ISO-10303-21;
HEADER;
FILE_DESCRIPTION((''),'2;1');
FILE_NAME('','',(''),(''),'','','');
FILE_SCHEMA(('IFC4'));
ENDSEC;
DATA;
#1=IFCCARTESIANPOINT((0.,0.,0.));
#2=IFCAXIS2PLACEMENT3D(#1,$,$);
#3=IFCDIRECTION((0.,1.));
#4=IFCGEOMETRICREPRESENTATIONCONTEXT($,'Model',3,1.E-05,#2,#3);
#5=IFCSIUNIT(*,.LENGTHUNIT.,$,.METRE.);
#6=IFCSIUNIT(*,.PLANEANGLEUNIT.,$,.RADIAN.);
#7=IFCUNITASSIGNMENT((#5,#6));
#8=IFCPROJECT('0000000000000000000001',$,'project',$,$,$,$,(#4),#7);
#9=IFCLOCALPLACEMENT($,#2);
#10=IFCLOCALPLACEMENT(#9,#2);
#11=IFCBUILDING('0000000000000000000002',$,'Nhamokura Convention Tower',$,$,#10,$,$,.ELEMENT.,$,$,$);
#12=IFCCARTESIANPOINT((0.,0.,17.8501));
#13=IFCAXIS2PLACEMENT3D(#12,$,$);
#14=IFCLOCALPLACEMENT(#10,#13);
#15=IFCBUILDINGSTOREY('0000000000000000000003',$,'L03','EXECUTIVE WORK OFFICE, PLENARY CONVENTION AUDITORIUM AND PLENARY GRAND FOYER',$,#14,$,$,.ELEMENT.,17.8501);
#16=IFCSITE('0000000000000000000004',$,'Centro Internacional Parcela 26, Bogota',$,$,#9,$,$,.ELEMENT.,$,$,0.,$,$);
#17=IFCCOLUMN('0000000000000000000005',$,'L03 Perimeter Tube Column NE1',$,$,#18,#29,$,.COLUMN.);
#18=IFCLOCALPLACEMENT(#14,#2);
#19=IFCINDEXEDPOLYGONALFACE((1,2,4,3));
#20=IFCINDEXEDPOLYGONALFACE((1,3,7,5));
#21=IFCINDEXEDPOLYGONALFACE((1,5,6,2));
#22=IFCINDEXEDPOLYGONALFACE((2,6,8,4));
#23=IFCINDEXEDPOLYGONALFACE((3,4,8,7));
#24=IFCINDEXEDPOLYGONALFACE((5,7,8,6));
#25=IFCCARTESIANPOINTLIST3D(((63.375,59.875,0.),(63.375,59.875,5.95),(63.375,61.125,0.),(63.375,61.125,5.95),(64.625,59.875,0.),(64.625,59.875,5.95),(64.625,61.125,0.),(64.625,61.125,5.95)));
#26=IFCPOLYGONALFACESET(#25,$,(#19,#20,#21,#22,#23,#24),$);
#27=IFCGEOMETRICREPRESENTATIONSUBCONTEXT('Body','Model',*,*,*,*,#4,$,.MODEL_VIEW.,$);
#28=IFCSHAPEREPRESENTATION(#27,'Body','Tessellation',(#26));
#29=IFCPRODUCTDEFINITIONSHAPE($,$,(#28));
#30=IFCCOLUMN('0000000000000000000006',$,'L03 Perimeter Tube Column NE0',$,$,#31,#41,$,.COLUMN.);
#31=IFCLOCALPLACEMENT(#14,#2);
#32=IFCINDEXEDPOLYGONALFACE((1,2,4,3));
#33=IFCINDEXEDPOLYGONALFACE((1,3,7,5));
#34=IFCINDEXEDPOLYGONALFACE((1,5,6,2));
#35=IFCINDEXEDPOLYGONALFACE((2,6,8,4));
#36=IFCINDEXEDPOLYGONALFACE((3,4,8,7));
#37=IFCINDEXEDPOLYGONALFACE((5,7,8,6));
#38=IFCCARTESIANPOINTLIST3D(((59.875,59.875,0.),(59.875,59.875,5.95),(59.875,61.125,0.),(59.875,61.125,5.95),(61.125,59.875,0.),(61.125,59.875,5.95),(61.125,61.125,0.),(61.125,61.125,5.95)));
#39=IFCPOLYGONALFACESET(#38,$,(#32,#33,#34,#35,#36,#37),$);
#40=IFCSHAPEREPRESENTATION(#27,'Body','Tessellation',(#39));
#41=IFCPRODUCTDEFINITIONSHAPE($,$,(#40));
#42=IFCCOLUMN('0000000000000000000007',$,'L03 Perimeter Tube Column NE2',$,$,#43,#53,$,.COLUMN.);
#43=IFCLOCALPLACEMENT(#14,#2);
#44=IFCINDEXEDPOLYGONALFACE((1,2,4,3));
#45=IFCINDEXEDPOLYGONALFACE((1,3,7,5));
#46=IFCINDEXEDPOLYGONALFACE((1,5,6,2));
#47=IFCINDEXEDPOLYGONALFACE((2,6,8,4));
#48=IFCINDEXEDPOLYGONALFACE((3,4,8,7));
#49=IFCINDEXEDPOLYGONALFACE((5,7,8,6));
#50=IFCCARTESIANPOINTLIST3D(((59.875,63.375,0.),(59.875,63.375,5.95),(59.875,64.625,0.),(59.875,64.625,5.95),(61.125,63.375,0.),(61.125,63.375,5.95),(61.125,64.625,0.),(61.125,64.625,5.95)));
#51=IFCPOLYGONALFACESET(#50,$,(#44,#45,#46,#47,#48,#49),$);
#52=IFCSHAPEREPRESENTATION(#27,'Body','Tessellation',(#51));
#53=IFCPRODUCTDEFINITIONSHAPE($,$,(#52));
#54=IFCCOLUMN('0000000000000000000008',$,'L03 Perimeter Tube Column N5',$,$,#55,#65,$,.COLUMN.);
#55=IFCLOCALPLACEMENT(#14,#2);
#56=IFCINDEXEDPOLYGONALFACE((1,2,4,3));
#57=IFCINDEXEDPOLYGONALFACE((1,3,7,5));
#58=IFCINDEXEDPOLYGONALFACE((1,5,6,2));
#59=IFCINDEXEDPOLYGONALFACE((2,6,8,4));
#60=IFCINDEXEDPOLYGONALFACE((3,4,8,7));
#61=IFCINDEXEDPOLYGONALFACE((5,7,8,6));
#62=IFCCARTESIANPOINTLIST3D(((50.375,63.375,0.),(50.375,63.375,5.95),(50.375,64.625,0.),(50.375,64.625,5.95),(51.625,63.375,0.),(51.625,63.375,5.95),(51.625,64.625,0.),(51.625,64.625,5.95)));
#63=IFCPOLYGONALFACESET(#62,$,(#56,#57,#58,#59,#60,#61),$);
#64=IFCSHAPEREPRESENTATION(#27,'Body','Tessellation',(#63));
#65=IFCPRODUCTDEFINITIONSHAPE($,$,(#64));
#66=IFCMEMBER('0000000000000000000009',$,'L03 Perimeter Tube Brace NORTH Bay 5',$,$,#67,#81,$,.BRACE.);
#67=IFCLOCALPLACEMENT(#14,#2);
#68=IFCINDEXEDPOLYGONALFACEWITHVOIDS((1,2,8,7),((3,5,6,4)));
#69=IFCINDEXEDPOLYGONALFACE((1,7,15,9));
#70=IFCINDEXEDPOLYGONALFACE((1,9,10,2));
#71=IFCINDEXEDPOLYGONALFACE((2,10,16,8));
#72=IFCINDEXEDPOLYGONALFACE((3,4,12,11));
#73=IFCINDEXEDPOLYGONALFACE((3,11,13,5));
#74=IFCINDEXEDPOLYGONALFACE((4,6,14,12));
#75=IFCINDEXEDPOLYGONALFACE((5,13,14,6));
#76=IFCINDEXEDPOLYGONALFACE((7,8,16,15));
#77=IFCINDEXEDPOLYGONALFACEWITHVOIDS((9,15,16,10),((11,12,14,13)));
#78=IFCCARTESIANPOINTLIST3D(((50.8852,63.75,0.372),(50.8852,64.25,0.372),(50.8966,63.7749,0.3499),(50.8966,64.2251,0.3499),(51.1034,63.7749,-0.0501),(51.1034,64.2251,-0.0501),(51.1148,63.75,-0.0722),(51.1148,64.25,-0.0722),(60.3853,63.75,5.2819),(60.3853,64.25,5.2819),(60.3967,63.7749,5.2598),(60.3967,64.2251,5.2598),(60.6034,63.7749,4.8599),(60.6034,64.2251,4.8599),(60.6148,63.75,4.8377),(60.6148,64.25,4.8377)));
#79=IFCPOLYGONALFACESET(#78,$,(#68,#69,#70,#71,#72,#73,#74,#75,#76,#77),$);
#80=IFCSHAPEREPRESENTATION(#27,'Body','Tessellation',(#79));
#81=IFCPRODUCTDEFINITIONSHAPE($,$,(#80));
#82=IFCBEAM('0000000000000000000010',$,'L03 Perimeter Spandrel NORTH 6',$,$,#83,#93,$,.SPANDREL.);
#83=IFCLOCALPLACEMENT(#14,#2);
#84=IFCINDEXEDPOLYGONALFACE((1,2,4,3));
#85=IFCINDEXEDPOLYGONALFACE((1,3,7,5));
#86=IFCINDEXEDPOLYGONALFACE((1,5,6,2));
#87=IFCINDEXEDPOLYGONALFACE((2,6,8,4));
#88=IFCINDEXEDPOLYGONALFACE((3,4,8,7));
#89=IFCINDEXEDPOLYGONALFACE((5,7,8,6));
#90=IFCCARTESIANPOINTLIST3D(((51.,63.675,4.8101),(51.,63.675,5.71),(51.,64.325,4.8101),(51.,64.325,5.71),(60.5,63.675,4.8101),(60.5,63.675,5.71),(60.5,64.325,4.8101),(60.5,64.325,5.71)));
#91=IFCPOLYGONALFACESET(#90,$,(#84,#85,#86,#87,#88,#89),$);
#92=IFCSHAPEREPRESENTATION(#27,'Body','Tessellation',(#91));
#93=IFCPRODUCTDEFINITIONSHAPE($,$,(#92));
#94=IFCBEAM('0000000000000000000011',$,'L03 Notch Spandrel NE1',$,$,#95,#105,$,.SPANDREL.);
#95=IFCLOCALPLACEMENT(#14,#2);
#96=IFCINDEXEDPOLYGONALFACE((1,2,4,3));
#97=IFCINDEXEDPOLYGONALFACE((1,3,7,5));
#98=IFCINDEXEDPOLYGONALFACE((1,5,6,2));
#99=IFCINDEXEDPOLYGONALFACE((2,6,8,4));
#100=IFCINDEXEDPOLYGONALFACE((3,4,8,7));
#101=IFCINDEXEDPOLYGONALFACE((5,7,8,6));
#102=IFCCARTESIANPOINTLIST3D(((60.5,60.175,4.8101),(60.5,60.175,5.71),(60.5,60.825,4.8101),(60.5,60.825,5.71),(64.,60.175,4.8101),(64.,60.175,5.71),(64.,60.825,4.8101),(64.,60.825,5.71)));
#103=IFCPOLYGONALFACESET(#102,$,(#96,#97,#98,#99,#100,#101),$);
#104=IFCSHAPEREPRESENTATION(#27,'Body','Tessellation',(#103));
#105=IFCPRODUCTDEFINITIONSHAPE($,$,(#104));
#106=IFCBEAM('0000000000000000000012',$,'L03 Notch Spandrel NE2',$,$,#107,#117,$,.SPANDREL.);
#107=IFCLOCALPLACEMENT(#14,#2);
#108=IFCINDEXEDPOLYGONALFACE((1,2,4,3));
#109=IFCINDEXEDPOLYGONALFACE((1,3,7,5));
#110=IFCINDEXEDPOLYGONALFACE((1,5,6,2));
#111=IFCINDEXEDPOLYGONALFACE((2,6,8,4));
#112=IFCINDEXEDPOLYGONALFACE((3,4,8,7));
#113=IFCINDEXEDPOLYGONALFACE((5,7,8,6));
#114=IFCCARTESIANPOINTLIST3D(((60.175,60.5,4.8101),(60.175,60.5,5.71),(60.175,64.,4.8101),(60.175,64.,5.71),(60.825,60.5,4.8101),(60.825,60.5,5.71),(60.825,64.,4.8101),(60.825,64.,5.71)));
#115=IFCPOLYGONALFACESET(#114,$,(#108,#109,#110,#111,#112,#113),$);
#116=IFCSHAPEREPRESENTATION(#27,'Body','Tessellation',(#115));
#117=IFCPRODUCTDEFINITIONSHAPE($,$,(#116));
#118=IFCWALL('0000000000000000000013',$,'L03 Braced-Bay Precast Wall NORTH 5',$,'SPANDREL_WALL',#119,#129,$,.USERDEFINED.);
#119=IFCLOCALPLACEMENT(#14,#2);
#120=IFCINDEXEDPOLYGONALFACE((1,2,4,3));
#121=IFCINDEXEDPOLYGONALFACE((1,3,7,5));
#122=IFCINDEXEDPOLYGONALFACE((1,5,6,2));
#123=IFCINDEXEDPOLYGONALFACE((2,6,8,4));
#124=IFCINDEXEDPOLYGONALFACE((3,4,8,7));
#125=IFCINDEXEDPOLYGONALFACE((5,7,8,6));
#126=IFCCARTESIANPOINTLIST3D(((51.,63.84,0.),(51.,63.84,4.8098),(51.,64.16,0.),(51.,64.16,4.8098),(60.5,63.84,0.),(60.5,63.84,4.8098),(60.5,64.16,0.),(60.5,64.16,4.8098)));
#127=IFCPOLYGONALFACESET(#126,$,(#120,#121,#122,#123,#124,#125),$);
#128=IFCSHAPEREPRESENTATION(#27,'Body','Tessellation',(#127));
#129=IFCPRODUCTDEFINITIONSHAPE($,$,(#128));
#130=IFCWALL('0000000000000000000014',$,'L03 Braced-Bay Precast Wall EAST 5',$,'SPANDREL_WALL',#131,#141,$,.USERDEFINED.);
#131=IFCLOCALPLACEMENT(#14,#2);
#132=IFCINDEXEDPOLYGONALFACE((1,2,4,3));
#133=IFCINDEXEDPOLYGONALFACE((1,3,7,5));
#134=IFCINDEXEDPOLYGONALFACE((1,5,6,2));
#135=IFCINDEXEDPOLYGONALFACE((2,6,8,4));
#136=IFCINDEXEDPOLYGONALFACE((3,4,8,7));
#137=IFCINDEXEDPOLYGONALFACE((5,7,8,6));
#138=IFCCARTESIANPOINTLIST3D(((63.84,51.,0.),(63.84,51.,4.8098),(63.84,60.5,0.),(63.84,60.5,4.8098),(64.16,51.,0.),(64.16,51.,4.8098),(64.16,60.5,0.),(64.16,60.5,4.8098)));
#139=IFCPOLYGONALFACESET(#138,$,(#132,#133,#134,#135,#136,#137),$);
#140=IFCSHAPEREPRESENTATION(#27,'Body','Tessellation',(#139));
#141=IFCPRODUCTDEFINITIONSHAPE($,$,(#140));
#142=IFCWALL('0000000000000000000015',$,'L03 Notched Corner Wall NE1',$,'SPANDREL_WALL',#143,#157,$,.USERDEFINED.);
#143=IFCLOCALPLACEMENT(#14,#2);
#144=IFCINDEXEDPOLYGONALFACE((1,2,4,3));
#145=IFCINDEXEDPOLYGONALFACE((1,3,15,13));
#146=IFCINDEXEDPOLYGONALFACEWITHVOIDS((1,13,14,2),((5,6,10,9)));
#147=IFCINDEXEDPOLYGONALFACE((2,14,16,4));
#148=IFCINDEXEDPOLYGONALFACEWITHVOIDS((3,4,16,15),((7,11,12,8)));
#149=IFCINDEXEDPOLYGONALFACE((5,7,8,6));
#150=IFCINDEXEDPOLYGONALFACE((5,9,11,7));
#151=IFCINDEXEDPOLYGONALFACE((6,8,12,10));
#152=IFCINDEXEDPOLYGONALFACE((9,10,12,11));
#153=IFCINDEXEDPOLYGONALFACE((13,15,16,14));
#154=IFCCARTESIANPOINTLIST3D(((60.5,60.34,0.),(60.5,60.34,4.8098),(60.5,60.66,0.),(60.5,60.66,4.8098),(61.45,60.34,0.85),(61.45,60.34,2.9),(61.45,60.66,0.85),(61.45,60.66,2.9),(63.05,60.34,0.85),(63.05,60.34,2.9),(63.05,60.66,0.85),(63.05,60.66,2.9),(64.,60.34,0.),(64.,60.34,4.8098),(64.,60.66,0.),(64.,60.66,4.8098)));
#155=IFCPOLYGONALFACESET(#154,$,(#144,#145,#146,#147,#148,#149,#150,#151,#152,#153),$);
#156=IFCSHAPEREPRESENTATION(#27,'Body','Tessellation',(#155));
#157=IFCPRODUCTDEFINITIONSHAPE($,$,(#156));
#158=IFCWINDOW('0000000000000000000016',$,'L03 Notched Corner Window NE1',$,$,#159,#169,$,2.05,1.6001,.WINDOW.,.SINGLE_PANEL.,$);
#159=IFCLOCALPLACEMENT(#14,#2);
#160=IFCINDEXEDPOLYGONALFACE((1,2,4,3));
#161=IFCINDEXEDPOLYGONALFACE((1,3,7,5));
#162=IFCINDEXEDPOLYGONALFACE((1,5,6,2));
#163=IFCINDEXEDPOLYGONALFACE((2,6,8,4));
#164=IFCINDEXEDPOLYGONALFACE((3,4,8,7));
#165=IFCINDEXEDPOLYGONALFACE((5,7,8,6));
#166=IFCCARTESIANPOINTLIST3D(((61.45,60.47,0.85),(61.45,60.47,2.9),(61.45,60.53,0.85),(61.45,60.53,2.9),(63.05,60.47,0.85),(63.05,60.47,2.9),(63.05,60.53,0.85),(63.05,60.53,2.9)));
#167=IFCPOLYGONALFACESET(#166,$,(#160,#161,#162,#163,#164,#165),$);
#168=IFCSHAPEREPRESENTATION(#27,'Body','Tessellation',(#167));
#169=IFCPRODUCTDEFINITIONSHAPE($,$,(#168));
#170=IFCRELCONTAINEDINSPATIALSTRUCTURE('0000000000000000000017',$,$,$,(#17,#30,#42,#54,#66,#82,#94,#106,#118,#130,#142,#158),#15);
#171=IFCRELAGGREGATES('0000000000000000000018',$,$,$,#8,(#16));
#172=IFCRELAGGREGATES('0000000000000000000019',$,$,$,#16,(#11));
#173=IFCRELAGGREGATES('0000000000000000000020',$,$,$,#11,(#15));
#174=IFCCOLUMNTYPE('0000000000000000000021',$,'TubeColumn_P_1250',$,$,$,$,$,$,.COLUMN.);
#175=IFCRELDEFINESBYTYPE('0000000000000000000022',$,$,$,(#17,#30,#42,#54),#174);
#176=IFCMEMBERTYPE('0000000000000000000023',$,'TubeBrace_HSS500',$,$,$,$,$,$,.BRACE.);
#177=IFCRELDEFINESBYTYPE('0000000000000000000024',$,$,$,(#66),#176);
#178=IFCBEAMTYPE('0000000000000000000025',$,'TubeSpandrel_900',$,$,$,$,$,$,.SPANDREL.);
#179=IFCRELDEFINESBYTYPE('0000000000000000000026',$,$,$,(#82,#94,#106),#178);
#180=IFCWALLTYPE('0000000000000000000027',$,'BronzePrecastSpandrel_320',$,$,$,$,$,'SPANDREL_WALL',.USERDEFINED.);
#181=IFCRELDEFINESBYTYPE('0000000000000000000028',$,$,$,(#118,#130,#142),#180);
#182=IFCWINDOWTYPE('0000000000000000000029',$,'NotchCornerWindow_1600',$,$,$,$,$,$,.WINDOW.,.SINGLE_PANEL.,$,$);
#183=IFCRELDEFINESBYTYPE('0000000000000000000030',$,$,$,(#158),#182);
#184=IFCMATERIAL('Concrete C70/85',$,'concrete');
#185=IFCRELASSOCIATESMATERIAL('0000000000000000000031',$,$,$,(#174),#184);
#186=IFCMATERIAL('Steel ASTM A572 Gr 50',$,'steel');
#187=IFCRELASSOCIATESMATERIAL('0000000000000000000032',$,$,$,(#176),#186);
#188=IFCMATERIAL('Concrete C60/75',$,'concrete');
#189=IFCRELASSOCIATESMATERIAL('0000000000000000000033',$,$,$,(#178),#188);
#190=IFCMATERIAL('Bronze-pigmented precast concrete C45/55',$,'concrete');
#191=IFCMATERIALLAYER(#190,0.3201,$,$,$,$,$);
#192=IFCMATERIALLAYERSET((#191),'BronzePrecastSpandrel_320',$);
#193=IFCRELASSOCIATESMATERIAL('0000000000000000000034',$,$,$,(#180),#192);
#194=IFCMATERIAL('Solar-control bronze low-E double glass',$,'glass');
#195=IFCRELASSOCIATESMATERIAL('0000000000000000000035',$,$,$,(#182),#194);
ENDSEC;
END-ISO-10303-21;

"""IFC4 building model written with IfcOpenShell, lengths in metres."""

from ifc_helpers import new_model, si_unit, direction, frame, frame_2d, origin, origin_2d, place, context, subcontext, project, spatial, rectangle, hollow_rectangle, extrude, material, layer, layer_set, material_profile, profile_set, type_object, element, fill, save


model = new_model("IFC4")

# Units and contexts
model_context = context("Model", 3, precision=1e-05, world=origin(), true_north=direction((0.0, 1.0)))
body_context = subcontext(model_context, "Body", "Model", "MODEL_VIEW")
ifc_project = project(units=[si_unit("LENGTHUNIT", "METRE"), si_unit("PLANEANGLEUNIT", "RADIAN")], contexts=[model_context])

# Site, building, storey
site_placement = place(None, origin())
site = spatial("IfcSite", under=ifc_project, at=site_placement, Name="Centro Internacional Parcela 26, Bogota", CompositionType="ELEMENT", RefElevation=0.0)
building_placement = place(site_placement, origin())
building = spatial("IfcBuilding", under=site, at=building_placement, Name="Nhamokura Convention Tower", CompositionType="ELEMENT")
storey_placement = place(building_placement, frame((0.0, 0.0, 17.8501)))
storey = spatial("IfcBuildingStorey", under=building, at=storey_placement, Name="L03", Description="EXECUTIVE WORK OFFICE, PLENARY CONVENTION AUDITORIUM AND PLENARY GRAND FOYER", CompositionType="ELEMENT", Elevation=17.8501)

# Columns
ifc_material_1 = material(Name="Concrete C70/85", Category="concrete")
ifc_material_profile_1 = material_profile(ifc_material_1, rectangle(XDim=1.25, YDim=1.25, at=origin_2d()))
ifc_profile_set_1 = profile_set([ifc_material_profile_1], Name="Concrete C70/85")
column_type = type_object("IfcColumnType", Name="TubeColumn_P_1250", PredefinedType="COLUMN", material=ifc_profile_set_1)
for number, where, z_axis, x_axis, name in (
    (1, (64.0, 60.5, 0.0), (0.0, 0.0, 1.0), (1.0, 0.0, 0.0), "L03 Perimeter Tube Column NE1"),
    (2, (60.5, 60.5, 0.0), (0.0, 0.0, 1.0), (1.0, 0.0, 0.0), "L03 Perimeter Tube Column NE0"),
    (3, (60.5, 64.0, 0.0), (0.0, 0.0, 1.0), (1.0, 0.0, 0.0), "L03 Perimeter Tube Column NE2"),
    (4, (51.0, 64.0, 0.0), (0.0, 0.0, 1.0), (1.0, 0.0, 0.0), "L03 Perimeter Tube Column N5"),
):
    element("IfcColumn", number, at=place(storey_placement, frame(where, z_axis=z_axis, x_axis=x_axis)), inside=storey, type_object=column_type, Name=name, PredefinedType="COLUMN", context=body_context, shape_type="SweptSolid", body=[
        extrude(rectangle(XDim=1.25, YDim=1.25, at=origin_2d()), origin(), (0.0, 0.0, 1.0), 5.95),
    ])

# Member
ifc_material_2 = material(Name="Steel ASTM A572 Gr 50", Category="steel")
ifc_material_profile_2 = material_profile(ifc_material_2, hollow_rectangle(XDim=0.5, YDim=0.5, WallThickness=0.0249, at=origin_2d()))
ifc_profile_set_2 = profile_set([ifc_material_profile_2], Name="Steel ASTM A572 Gr 50")
member_type = type_object("IfcMemberType", Name="TubeBrace_HSS500", PredefinedType="BRACE", material=ifc_profile_set_2)
member_placement = place(storey_placement, frame((51.0, 64.0, 0.1499), z_axis=(0.888366, 0.0, 0.459137), x_axis=(0.0, 1.0, 0.0)))
element("IfcMember", 5, at=member_placement, inside=storey, type_object=member_type, Name="L03 Perimeter Tube Brace NORTH Bay 5", PredefinedType="BRACE", context=body_context, shape_type="SweptSolid", body=[
    extrude(hollow_rectangle(XDim=0.5, YDim=0.5, WallThickness=0.0249, at=origin_2d()), origin(), (0.0, 0.0, 1.0), 10.6938),
])

# Beams
ifc_material_3 = material(Name="Concrete C60/75", Category="concrete")
ifc_material_profile_3 = material_profile(ifc_material_3, rectangle(XDim=0.6499, YDim=0.8999, at=origin_2d()))
ifc_profile_set_3 = profile_set([ifc_material_profile_3], Name="Concrete C60/75")
beam_type = type_object("IfcBeamType", Name="TubeSpandrel_900", PredefinedType="SPANDREL", material=ifc_profile_set_3)
beam_placement = place(storey_placement, frame((51.0, 64.0, 5.26), z_axis=(1.0, 0.0, 0.0), x_axis=(0.0, 1.0, 0.0)))
element("IfcBeam", 6, at=beam_placement, inside=storey, type_object=beam_type, Name="L03 Perimeter Spandrel NORTH 6", PredefinedType="SPANDREL", context=body_context, shape_type="SweptSolid", body=[
    extrude(rectangle(XDim=0.6499, YDim=0.8999, at=origin_2d()), origin(), (0.0, 0.0, 1.0), 9.5),
])
for number, where, z_axis, x_axis, name in (
    (7, (64.0, 60.5, 5.26), (-1.0, 0.0, 0.0), (0.0, -1.0, 0.0), "L03 Notch Spandrel NE1"),
    (8, (60.5, 60.5, 5.26), (0.0, 1.0, 0.0), (-1.0, 0.0, 0.0), "L03 Notch Spandrel NE2"),
):
    element("IfcBeam", number, at=place(storey_placement, frame(where, z_axis=z_axis, x_axis=x_axis)), inside=storey, type_object=beam_type, Name=name, PredefinedType="SPANDREL", context=body_context, shape_type="SweptSolid", body=[
        extrude(rectangle(XDim=0.6499, YDim=0.8999, at=origin_2d()), origin(), (0.0, 0.0, 1.0), 3.5),
    ])

# Walls
ifc_material_4 = material(Name="Bronze-pigmented precast concrete C45/55", Category="concrete")
ifc_layer_1 = layer(ifc_material_4, 0.3201)
ifc_layer_set_1 = layer_set([ifc_layer_1], Name="BronzePrecastSpandrel_320")
wall_type_1 = type_object("IfcWallType", Name="BronzePrecastSpandrel_320", ElementType="SPANDREL_WALL", PredefinedType="USERDEFINED", material=ifc_layer_set_1)
for number, where, z_axis, x_axis, name in (
    (9, (51.0, 64.0, 0.0), (0.0, 0.0, 1.0), (1.0, 0.0, 0.0), "L03 Braced-Bay Precast Wall NORTH 5"),
    (10, (64.0, 60.5, 0.0), (0.0, 0.0, 1.0), (0.0, -1.0, 0.0), "L03 Braced-Bay Precast Wall EAST 5"),
):
    element("IfcWall", number, at=place(storey_placement, frame(where, z_axis=z_axis, x_axis=x_axis)), inside=storey, type_object=wall_type_1, Name=name, ObjectType="SPANDREL_WALL", PredefinedType="USERDEFINED", context=body_context, shape_type="SweptSolid", body=[
        extrude(rectangle(XDim=9.5, YDim=0.3201, at=frame_2d((4.75, 0.0))), origin(), (0.0, 0.0, 1.0), 4.8098),
    ])

# Wall, opening, window
wall_1_placement = place(storey_placement, frame((60.5, 60.5, 0.0), z_axis=(0.0, 0.0, 1.0), x_axis=(1.0, 0.0, 0.0)))
wall_1 = element("IfcWall", 11, at=wall_1_placement, inside=storey, type_object=wall_type_1, Name="L03 Notched Corner Wall NE1", ObjectType="SPANDREL_WALL", PredefinedType="USERDEFINED", context=body_context, shape_type="SweptSolid", body=[
    extrude(rectangle(XDim=3.5, YDim=0.3201, at=frame_2d((1.75, 0.0))), origin(), (0.0, 0.0, 1.0), 4.8098),
])
opening_1_placement = place(wall_1_placement, frame((0.95, 0.0, 0.8501)))
opening_1 = element("IfcOpeningElement", 12, at=opening_1_placement, cuts=wall_1, PredefinedType="OPENING", context=body_context, shape_type="SweptSolid", body=[
    extrude(rectangle(XDim=1.6001, YDim=2.05, at=frame_2d((0.8, 1.0249))), frame((0.0, 0.1699, 0.0), z_axis=(0.0, -1.0, 0.0), x_axis=(1.0, 0.0, 0.0)), (0.0, 0.0, 1.0), 0.3401),
])
ifc_material_5 = material(Name="Solar-control bronze low-E double glass", Category="glass")
window_type = type_object("IfcWindowType", Name="NotchCornerWindow_1600", PartitioningType="SINGLE_PANEL", PredefinedType="WINDOW", material=ifc_material_5)
window_1_placement = place(opening_1_placement, origin())
window_1 = element("IfcWindow", 13, at=window_1_placement, inside=storey, type_object=window_type, Name="L03 Notched Corner Window NE1", OverallHeight=2.05, OverallWidth=1.6001, PartitioningType="SINGLE_PANEL", PredefinedType="WINDOW", context=body_context, shape_type="SweptSolid", body=[
    extrude(rectangle(XDim=1.6001, YDim=2.05, at=frame_2d((0.8, 1.0249))), frame((0.0, 0.03, 0.0), z_axis=(0.0, -1.0, 0.0), x_axis=(1.0, 0.0, 0.0)), (0.0, 0.0, 1.0), 0.0601),
])
fill(opening_1, window_1)

save(model, "model.ifc")
